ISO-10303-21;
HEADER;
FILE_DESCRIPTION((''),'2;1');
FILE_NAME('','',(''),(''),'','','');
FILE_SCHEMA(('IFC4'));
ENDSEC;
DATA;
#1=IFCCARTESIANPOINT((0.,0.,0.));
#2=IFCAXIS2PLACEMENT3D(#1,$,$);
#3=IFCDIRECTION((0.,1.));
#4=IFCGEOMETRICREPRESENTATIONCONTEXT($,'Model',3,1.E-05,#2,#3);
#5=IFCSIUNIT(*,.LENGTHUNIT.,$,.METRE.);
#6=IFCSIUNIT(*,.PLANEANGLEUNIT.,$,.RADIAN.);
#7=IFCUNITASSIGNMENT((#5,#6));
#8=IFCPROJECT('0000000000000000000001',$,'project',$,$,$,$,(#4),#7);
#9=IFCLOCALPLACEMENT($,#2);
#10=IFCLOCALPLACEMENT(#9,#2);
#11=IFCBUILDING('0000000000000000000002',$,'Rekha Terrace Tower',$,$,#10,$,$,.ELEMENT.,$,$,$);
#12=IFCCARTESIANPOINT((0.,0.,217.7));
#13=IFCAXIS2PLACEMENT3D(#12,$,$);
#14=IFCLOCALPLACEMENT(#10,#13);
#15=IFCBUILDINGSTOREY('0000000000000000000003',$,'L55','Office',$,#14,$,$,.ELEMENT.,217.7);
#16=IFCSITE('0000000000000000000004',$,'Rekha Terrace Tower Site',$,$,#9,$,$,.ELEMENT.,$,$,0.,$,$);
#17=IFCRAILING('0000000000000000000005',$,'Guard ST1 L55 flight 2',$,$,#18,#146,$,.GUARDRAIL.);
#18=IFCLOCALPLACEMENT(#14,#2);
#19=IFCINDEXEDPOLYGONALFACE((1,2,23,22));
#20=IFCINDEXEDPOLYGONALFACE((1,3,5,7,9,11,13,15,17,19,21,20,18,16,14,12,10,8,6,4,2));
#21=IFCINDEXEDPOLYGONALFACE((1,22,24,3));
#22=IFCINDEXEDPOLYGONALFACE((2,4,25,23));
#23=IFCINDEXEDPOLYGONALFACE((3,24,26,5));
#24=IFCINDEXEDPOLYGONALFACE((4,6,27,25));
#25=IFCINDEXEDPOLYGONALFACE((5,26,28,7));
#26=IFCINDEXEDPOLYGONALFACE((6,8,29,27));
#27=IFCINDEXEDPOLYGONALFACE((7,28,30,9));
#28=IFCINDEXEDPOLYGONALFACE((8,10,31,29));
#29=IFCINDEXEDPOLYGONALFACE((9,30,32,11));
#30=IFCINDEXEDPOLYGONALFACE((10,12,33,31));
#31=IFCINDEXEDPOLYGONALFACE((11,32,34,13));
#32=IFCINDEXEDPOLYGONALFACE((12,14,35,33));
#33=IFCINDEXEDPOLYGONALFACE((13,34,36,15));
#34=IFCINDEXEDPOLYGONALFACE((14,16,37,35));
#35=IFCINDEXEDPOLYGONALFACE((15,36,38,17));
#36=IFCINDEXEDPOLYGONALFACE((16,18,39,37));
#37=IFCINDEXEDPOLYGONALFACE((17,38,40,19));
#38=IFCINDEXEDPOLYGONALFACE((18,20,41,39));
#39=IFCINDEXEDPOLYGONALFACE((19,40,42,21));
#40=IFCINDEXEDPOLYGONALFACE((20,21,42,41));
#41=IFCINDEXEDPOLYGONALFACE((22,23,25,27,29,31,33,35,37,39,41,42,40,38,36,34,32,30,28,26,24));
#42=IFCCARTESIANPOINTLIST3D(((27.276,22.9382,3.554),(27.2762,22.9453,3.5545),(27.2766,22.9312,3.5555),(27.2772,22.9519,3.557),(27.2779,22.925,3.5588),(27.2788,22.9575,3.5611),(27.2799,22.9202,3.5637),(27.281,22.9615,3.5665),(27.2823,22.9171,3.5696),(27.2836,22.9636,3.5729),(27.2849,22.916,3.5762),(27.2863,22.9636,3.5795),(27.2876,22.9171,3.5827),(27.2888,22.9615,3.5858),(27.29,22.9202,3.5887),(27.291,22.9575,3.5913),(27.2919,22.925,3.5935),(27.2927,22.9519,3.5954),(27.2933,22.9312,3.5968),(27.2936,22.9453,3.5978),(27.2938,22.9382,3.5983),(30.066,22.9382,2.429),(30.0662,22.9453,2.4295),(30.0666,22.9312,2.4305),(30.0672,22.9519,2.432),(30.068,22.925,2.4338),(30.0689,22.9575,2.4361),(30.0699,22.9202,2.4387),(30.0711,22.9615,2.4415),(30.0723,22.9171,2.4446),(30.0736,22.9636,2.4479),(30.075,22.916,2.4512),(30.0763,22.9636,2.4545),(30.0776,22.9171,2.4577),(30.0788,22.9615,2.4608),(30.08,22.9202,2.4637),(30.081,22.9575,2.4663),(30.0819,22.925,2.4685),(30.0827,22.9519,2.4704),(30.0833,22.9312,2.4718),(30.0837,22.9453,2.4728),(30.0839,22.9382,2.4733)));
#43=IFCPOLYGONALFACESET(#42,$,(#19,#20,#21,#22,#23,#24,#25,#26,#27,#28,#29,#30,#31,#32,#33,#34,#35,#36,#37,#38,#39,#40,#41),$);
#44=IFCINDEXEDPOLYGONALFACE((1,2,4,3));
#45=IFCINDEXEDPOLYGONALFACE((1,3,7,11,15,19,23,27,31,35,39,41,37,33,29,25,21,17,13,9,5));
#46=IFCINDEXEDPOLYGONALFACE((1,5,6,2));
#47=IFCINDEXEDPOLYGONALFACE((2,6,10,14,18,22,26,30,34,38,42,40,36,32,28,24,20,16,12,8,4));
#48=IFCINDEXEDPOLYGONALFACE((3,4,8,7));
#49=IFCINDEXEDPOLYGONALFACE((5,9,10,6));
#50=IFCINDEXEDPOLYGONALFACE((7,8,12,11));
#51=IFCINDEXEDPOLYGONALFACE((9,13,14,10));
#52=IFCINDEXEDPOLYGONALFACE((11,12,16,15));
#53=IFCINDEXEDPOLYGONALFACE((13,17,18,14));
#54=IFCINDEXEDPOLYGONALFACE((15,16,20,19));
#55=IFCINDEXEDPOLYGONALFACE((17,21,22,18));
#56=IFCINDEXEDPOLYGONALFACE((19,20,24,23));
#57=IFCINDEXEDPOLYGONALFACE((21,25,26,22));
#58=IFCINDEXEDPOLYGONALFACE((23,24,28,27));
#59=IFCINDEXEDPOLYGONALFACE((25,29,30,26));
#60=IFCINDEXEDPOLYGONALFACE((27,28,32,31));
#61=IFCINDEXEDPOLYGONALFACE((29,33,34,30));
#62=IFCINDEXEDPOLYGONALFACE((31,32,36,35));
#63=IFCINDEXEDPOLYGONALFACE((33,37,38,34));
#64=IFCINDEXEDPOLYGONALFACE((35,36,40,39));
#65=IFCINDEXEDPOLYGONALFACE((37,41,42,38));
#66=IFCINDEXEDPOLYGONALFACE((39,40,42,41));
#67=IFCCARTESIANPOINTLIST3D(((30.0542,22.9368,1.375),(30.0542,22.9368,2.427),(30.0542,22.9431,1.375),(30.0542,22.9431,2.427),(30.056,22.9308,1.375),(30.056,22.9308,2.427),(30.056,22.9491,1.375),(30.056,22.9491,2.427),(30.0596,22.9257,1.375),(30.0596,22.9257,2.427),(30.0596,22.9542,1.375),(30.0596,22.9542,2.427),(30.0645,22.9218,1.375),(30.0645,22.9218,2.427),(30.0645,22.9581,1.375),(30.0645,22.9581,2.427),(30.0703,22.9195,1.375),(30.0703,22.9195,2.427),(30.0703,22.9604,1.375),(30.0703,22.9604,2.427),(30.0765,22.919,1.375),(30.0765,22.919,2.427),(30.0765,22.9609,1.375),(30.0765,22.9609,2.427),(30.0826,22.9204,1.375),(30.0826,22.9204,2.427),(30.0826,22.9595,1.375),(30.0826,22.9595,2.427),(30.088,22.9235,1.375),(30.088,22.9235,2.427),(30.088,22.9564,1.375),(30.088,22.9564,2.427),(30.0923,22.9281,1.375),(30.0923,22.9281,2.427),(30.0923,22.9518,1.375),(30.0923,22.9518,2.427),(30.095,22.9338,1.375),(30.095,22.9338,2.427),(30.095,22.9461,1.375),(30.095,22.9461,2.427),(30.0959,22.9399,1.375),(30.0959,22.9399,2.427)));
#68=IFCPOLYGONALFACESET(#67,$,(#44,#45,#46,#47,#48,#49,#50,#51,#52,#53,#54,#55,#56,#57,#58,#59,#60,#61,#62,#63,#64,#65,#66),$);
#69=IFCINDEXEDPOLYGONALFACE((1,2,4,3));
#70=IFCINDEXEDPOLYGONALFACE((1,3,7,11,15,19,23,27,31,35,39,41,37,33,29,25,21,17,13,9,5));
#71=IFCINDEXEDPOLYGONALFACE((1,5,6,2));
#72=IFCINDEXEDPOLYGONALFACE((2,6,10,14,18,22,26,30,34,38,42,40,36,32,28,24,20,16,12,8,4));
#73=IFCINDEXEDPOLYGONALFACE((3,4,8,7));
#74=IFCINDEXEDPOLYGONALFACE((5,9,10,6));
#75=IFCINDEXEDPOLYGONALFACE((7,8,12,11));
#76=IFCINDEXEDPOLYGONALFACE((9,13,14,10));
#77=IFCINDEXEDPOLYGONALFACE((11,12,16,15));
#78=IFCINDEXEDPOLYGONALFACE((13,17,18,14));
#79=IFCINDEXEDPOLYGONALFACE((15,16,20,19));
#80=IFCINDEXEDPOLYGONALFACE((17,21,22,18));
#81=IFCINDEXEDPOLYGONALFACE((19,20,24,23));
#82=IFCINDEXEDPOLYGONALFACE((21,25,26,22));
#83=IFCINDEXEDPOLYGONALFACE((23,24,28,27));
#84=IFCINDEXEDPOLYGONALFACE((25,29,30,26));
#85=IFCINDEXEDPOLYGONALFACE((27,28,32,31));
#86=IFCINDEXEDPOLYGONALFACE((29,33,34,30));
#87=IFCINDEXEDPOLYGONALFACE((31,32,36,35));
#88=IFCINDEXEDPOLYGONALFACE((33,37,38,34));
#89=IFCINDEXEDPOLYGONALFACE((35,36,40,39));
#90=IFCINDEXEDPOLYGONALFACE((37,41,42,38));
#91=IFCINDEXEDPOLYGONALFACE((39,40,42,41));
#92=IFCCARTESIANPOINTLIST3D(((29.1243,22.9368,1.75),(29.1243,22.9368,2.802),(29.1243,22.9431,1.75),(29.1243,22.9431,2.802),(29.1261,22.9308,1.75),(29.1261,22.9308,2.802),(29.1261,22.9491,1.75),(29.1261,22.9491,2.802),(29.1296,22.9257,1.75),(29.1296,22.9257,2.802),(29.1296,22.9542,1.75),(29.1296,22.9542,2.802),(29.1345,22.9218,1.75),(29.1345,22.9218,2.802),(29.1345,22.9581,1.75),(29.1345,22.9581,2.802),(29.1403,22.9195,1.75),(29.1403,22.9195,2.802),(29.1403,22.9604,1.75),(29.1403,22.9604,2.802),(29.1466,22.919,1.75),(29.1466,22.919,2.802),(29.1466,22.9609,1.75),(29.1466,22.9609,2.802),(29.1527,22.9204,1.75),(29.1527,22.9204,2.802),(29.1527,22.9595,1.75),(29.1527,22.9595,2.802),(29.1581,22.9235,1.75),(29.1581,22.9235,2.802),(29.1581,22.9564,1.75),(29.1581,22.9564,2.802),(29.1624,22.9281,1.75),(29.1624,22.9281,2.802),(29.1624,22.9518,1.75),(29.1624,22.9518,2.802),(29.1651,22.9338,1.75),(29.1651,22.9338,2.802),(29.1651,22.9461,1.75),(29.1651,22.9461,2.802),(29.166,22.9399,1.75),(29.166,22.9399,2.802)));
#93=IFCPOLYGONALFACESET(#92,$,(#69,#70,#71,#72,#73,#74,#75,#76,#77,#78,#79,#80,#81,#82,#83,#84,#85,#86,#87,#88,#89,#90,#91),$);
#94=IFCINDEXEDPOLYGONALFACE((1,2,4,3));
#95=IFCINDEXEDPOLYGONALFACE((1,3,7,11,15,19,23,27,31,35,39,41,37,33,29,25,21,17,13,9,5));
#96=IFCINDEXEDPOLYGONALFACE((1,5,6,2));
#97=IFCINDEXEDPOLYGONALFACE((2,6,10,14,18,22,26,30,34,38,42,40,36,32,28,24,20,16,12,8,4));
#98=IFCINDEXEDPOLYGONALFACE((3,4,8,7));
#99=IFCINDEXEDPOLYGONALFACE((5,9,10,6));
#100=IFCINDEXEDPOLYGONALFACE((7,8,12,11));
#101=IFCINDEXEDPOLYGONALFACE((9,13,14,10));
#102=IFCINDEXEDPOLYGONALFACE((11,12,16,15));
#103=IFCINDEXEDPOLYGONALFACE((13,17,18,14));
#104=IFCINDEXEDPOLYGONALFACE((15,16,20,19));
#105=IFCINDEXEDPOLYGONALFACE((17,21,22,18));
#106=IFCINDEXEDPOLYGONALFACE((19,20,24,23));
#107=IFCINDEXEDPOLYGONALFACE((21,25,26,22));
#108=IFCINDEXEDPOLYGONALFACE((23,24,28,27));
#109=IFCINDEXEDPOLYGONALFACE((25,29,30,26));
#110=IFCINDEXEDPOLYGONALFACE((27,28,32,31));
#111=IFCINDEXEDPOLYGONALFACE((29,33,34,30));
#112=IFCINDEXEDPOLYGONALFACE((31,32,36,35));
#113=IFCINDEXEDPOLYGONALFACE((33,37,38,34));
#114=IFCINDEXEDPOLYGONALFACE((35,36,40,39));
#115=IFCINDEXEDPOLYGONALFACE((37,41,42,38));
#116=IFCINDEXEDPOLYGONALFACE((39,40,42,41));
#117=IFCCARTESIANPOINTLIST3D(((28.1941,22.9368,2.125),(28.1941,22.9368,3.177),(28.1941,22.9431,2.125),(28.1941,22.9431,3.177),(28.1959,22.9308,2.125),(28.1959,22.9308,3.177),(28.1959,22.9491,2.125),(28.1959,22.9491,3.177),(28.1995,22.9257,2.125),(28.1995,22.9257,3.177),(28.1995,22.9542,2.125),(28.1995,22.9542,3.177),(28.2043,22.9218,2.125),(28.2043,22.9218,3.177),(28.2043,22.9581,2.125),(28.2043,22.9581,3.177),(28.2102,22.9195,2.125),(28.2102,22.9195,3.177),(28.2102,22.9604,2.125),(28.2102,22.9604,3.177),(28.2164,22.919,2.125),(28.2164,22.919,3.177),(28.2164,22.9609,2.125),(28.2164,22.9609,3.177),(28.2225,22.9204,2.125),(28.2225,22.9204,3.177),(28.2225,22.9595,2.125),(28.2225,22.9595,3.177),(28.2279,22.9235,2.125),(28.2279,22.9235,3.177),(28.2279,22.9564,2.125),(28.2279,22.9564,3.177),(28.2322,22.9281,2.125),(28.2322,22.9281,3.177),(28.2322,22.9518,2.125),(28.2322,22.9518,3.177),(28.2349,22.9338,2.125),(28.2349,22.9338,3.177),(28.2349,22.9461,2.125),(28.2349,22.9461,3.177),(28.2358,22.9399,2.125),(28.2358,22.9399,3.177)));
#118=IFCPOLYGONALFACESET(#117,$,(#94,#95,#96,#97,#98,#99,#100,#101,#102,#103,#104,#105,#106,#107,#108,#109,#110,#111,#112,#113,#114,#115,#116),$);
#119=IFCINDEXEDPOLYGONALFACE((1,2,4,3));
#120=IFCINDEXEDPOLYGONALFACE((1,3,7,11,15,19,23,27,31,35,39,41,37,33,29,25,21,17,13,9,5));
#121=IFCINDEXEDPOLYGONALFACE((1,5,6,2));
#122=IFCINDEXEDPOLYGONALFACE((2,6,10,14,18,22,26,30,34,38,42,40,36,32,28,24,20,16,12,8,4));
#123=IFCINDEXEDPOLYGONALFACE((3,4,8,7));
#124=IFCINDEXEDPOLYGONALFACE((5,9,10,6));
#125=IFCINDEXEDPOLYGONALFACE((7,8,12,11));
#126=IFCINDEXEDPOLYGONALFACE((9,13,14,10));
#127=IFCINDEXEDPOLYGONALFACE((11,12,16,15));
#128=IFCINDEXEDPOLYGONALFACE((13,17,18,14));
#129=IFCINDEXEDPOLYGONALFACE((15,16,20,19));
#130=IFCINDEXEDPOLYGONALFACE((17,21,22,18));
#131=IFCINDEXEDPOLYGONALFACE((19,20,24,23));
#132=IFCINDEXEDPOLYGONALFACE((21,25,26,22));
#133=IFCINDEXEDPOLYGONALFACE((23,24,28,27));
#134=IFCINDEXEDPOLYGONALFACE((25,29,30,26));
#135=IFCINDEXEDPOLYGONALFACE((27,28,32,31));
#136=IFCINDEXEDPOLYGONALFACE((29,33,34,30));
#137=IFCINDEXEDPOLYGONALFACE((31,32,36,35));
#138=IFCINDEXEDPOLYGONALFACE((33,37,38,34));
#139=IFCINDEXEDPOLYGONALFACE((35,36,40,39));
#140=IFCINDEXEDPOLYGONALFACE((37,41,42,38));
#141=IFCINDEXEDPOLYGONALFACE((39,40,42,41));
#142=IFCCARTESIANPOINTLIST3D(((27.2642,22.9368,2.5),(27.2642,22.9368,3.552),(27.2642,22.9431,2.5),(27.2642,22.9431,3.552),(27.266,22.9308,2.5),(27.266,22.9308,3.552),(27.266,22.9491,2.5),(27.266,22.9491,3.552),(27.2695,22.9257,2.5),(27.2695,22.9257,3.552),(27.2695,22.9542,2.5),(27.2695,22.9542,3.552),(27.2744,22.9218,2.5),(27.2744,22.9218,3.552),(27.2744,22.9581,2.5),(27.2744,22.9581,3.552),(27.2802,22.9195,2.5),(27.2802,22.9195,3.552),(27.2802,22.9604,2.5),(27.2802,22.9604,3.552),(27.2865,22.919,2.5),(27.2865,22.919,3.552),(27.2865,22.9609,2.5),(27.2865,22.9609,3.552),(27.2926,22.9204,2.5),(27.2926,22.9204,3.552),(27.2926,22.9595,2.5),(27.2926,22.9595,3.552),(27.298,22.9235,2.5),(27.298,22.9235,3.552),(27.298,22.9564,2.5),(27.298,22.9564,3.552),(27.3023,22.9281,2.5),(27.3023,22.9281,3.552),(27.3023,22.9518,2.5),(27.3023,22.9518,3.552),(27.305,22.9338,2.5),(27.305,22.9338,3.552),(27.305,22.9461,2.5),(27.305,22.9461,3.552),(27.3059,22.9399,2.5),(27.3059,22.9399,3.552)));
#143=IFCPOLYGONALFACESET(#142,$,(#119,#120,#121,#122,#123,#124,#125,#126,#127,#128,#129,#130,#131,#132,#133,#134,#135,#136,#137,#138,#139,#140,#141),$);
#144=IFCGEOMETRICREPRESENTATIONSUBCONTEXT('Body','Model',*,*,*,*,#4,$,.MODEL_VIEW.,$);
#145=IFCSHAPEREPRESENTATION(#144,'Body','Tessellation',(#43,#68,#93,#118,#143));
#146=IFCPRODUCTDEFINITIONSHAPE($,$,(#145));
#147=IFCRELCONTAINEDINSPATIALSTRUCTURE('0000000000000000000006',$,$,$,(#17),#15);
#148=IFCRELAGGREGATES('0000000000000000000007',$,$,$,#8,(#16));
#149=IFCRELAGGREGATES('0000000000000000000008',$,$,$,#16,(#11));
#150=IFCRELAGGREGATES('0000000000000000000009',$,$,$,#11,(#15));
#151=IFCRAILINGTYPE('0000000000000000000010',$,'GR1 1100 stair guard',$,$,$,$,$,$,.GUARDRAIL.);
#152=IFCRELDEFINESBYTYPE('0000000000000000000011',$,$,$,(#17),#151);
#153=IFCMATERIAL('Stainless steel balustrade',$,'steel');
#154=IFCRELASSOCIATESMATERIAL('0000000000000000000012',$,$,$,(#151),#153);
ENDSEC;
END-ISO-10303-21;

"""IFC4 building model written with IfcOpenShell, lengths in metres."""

from ifc_helpers import new_model, si_unit, direction, frame, origin, origin_2d, place, context, subcontext, project, spatial, circle, extrude, material, type_object, element, save


model = new_model("IFC4")

# Units and contexts
model_context = context("Model", 3, precision=1e-05, world=origin(), true_north=direction((0.0, 1.0)))
body_context = subcontext(model_context, "Body", "Model", "MODEL_VIEW")
ifc_project = project(units=[si_unit("LENGTHUNIT", "METRE"), si_unit("PLANEANGLEUNIT", "RADIAN")], contexts=[model_context])

# Site, building, storey
site_placement = place(None, origin())
site = spatial("IfcSite", under=ifc_project, at=site_placement, Name="Rekha Terrace Tower Site", CompositionType="ELEMENT", RefElevation=0.0)
building_placement = place(site_placement, origin())
building = spatial("IfcBuilding", under=site, at=building_placement, Name="Rekha Terrace Tower", CompositionType="ELEMENT")
storey_placement = place(building_placement, frame((0.0, 0.0, 217.7)))
storey = spatial("IfcBuildingStorey", under=building, at=storey_placement, Name="L55", Description="Office", CompositionType="ELEMENT", Elevation=217.7)

# Railing
ifc_material_1 = material(Name="Stainless steel balustrade", Category="steel")
railing_type_1 = type_object("IfcRailingType", Name="GR1 1100 stair guard", PredefinedType="GUARDRAIL", material=ifc_material_1)
railing_1_placement = place(storey_placement, frame((30.075, 22.9399, 1.375)))
element("IfcRailing", 1, at=railing_1_placement, inside=storey, type_object=railing_type_1, Name="Guard ST1 L55 flight 2", PredefinedType="GUARDRAIL", context=body_context, shape_type="SweptSolid", body=[
    extrude(circle(Radius=0.0239, at=origin_2d()), frame((0.0, 0.0, 1.0762), z_axis=(-0.927443, 0.0, 0.373964), x_axis=(0.0, -1.0, 0.0)), (0.0, 0.0, 1.0), 3.0083),
    extrude(circle(Radius=0.021, at=origin_2d()), origin(), (0.0, 0.0, 1.0), 1.052),
    extrude(circle(Radius=0.021, at=origin_2d()), frame((-0.9299, 0.0, 0.375)), (0.0, 0.0, 1.0), 1.052),
    extrude(circle(Radius=0.021, at=origin_2d()), frame((-1.8601, 0.0, 0.75)), (0.0, 0.0, 1.0), 1.052),
    extrude(circle(Radius=0.021, at=origin_2d()), frame((-2.79, 0.0, 1.125)), (0.0, 0.0, 1.0), 1.052),
])

save(model, "model.ifc")
